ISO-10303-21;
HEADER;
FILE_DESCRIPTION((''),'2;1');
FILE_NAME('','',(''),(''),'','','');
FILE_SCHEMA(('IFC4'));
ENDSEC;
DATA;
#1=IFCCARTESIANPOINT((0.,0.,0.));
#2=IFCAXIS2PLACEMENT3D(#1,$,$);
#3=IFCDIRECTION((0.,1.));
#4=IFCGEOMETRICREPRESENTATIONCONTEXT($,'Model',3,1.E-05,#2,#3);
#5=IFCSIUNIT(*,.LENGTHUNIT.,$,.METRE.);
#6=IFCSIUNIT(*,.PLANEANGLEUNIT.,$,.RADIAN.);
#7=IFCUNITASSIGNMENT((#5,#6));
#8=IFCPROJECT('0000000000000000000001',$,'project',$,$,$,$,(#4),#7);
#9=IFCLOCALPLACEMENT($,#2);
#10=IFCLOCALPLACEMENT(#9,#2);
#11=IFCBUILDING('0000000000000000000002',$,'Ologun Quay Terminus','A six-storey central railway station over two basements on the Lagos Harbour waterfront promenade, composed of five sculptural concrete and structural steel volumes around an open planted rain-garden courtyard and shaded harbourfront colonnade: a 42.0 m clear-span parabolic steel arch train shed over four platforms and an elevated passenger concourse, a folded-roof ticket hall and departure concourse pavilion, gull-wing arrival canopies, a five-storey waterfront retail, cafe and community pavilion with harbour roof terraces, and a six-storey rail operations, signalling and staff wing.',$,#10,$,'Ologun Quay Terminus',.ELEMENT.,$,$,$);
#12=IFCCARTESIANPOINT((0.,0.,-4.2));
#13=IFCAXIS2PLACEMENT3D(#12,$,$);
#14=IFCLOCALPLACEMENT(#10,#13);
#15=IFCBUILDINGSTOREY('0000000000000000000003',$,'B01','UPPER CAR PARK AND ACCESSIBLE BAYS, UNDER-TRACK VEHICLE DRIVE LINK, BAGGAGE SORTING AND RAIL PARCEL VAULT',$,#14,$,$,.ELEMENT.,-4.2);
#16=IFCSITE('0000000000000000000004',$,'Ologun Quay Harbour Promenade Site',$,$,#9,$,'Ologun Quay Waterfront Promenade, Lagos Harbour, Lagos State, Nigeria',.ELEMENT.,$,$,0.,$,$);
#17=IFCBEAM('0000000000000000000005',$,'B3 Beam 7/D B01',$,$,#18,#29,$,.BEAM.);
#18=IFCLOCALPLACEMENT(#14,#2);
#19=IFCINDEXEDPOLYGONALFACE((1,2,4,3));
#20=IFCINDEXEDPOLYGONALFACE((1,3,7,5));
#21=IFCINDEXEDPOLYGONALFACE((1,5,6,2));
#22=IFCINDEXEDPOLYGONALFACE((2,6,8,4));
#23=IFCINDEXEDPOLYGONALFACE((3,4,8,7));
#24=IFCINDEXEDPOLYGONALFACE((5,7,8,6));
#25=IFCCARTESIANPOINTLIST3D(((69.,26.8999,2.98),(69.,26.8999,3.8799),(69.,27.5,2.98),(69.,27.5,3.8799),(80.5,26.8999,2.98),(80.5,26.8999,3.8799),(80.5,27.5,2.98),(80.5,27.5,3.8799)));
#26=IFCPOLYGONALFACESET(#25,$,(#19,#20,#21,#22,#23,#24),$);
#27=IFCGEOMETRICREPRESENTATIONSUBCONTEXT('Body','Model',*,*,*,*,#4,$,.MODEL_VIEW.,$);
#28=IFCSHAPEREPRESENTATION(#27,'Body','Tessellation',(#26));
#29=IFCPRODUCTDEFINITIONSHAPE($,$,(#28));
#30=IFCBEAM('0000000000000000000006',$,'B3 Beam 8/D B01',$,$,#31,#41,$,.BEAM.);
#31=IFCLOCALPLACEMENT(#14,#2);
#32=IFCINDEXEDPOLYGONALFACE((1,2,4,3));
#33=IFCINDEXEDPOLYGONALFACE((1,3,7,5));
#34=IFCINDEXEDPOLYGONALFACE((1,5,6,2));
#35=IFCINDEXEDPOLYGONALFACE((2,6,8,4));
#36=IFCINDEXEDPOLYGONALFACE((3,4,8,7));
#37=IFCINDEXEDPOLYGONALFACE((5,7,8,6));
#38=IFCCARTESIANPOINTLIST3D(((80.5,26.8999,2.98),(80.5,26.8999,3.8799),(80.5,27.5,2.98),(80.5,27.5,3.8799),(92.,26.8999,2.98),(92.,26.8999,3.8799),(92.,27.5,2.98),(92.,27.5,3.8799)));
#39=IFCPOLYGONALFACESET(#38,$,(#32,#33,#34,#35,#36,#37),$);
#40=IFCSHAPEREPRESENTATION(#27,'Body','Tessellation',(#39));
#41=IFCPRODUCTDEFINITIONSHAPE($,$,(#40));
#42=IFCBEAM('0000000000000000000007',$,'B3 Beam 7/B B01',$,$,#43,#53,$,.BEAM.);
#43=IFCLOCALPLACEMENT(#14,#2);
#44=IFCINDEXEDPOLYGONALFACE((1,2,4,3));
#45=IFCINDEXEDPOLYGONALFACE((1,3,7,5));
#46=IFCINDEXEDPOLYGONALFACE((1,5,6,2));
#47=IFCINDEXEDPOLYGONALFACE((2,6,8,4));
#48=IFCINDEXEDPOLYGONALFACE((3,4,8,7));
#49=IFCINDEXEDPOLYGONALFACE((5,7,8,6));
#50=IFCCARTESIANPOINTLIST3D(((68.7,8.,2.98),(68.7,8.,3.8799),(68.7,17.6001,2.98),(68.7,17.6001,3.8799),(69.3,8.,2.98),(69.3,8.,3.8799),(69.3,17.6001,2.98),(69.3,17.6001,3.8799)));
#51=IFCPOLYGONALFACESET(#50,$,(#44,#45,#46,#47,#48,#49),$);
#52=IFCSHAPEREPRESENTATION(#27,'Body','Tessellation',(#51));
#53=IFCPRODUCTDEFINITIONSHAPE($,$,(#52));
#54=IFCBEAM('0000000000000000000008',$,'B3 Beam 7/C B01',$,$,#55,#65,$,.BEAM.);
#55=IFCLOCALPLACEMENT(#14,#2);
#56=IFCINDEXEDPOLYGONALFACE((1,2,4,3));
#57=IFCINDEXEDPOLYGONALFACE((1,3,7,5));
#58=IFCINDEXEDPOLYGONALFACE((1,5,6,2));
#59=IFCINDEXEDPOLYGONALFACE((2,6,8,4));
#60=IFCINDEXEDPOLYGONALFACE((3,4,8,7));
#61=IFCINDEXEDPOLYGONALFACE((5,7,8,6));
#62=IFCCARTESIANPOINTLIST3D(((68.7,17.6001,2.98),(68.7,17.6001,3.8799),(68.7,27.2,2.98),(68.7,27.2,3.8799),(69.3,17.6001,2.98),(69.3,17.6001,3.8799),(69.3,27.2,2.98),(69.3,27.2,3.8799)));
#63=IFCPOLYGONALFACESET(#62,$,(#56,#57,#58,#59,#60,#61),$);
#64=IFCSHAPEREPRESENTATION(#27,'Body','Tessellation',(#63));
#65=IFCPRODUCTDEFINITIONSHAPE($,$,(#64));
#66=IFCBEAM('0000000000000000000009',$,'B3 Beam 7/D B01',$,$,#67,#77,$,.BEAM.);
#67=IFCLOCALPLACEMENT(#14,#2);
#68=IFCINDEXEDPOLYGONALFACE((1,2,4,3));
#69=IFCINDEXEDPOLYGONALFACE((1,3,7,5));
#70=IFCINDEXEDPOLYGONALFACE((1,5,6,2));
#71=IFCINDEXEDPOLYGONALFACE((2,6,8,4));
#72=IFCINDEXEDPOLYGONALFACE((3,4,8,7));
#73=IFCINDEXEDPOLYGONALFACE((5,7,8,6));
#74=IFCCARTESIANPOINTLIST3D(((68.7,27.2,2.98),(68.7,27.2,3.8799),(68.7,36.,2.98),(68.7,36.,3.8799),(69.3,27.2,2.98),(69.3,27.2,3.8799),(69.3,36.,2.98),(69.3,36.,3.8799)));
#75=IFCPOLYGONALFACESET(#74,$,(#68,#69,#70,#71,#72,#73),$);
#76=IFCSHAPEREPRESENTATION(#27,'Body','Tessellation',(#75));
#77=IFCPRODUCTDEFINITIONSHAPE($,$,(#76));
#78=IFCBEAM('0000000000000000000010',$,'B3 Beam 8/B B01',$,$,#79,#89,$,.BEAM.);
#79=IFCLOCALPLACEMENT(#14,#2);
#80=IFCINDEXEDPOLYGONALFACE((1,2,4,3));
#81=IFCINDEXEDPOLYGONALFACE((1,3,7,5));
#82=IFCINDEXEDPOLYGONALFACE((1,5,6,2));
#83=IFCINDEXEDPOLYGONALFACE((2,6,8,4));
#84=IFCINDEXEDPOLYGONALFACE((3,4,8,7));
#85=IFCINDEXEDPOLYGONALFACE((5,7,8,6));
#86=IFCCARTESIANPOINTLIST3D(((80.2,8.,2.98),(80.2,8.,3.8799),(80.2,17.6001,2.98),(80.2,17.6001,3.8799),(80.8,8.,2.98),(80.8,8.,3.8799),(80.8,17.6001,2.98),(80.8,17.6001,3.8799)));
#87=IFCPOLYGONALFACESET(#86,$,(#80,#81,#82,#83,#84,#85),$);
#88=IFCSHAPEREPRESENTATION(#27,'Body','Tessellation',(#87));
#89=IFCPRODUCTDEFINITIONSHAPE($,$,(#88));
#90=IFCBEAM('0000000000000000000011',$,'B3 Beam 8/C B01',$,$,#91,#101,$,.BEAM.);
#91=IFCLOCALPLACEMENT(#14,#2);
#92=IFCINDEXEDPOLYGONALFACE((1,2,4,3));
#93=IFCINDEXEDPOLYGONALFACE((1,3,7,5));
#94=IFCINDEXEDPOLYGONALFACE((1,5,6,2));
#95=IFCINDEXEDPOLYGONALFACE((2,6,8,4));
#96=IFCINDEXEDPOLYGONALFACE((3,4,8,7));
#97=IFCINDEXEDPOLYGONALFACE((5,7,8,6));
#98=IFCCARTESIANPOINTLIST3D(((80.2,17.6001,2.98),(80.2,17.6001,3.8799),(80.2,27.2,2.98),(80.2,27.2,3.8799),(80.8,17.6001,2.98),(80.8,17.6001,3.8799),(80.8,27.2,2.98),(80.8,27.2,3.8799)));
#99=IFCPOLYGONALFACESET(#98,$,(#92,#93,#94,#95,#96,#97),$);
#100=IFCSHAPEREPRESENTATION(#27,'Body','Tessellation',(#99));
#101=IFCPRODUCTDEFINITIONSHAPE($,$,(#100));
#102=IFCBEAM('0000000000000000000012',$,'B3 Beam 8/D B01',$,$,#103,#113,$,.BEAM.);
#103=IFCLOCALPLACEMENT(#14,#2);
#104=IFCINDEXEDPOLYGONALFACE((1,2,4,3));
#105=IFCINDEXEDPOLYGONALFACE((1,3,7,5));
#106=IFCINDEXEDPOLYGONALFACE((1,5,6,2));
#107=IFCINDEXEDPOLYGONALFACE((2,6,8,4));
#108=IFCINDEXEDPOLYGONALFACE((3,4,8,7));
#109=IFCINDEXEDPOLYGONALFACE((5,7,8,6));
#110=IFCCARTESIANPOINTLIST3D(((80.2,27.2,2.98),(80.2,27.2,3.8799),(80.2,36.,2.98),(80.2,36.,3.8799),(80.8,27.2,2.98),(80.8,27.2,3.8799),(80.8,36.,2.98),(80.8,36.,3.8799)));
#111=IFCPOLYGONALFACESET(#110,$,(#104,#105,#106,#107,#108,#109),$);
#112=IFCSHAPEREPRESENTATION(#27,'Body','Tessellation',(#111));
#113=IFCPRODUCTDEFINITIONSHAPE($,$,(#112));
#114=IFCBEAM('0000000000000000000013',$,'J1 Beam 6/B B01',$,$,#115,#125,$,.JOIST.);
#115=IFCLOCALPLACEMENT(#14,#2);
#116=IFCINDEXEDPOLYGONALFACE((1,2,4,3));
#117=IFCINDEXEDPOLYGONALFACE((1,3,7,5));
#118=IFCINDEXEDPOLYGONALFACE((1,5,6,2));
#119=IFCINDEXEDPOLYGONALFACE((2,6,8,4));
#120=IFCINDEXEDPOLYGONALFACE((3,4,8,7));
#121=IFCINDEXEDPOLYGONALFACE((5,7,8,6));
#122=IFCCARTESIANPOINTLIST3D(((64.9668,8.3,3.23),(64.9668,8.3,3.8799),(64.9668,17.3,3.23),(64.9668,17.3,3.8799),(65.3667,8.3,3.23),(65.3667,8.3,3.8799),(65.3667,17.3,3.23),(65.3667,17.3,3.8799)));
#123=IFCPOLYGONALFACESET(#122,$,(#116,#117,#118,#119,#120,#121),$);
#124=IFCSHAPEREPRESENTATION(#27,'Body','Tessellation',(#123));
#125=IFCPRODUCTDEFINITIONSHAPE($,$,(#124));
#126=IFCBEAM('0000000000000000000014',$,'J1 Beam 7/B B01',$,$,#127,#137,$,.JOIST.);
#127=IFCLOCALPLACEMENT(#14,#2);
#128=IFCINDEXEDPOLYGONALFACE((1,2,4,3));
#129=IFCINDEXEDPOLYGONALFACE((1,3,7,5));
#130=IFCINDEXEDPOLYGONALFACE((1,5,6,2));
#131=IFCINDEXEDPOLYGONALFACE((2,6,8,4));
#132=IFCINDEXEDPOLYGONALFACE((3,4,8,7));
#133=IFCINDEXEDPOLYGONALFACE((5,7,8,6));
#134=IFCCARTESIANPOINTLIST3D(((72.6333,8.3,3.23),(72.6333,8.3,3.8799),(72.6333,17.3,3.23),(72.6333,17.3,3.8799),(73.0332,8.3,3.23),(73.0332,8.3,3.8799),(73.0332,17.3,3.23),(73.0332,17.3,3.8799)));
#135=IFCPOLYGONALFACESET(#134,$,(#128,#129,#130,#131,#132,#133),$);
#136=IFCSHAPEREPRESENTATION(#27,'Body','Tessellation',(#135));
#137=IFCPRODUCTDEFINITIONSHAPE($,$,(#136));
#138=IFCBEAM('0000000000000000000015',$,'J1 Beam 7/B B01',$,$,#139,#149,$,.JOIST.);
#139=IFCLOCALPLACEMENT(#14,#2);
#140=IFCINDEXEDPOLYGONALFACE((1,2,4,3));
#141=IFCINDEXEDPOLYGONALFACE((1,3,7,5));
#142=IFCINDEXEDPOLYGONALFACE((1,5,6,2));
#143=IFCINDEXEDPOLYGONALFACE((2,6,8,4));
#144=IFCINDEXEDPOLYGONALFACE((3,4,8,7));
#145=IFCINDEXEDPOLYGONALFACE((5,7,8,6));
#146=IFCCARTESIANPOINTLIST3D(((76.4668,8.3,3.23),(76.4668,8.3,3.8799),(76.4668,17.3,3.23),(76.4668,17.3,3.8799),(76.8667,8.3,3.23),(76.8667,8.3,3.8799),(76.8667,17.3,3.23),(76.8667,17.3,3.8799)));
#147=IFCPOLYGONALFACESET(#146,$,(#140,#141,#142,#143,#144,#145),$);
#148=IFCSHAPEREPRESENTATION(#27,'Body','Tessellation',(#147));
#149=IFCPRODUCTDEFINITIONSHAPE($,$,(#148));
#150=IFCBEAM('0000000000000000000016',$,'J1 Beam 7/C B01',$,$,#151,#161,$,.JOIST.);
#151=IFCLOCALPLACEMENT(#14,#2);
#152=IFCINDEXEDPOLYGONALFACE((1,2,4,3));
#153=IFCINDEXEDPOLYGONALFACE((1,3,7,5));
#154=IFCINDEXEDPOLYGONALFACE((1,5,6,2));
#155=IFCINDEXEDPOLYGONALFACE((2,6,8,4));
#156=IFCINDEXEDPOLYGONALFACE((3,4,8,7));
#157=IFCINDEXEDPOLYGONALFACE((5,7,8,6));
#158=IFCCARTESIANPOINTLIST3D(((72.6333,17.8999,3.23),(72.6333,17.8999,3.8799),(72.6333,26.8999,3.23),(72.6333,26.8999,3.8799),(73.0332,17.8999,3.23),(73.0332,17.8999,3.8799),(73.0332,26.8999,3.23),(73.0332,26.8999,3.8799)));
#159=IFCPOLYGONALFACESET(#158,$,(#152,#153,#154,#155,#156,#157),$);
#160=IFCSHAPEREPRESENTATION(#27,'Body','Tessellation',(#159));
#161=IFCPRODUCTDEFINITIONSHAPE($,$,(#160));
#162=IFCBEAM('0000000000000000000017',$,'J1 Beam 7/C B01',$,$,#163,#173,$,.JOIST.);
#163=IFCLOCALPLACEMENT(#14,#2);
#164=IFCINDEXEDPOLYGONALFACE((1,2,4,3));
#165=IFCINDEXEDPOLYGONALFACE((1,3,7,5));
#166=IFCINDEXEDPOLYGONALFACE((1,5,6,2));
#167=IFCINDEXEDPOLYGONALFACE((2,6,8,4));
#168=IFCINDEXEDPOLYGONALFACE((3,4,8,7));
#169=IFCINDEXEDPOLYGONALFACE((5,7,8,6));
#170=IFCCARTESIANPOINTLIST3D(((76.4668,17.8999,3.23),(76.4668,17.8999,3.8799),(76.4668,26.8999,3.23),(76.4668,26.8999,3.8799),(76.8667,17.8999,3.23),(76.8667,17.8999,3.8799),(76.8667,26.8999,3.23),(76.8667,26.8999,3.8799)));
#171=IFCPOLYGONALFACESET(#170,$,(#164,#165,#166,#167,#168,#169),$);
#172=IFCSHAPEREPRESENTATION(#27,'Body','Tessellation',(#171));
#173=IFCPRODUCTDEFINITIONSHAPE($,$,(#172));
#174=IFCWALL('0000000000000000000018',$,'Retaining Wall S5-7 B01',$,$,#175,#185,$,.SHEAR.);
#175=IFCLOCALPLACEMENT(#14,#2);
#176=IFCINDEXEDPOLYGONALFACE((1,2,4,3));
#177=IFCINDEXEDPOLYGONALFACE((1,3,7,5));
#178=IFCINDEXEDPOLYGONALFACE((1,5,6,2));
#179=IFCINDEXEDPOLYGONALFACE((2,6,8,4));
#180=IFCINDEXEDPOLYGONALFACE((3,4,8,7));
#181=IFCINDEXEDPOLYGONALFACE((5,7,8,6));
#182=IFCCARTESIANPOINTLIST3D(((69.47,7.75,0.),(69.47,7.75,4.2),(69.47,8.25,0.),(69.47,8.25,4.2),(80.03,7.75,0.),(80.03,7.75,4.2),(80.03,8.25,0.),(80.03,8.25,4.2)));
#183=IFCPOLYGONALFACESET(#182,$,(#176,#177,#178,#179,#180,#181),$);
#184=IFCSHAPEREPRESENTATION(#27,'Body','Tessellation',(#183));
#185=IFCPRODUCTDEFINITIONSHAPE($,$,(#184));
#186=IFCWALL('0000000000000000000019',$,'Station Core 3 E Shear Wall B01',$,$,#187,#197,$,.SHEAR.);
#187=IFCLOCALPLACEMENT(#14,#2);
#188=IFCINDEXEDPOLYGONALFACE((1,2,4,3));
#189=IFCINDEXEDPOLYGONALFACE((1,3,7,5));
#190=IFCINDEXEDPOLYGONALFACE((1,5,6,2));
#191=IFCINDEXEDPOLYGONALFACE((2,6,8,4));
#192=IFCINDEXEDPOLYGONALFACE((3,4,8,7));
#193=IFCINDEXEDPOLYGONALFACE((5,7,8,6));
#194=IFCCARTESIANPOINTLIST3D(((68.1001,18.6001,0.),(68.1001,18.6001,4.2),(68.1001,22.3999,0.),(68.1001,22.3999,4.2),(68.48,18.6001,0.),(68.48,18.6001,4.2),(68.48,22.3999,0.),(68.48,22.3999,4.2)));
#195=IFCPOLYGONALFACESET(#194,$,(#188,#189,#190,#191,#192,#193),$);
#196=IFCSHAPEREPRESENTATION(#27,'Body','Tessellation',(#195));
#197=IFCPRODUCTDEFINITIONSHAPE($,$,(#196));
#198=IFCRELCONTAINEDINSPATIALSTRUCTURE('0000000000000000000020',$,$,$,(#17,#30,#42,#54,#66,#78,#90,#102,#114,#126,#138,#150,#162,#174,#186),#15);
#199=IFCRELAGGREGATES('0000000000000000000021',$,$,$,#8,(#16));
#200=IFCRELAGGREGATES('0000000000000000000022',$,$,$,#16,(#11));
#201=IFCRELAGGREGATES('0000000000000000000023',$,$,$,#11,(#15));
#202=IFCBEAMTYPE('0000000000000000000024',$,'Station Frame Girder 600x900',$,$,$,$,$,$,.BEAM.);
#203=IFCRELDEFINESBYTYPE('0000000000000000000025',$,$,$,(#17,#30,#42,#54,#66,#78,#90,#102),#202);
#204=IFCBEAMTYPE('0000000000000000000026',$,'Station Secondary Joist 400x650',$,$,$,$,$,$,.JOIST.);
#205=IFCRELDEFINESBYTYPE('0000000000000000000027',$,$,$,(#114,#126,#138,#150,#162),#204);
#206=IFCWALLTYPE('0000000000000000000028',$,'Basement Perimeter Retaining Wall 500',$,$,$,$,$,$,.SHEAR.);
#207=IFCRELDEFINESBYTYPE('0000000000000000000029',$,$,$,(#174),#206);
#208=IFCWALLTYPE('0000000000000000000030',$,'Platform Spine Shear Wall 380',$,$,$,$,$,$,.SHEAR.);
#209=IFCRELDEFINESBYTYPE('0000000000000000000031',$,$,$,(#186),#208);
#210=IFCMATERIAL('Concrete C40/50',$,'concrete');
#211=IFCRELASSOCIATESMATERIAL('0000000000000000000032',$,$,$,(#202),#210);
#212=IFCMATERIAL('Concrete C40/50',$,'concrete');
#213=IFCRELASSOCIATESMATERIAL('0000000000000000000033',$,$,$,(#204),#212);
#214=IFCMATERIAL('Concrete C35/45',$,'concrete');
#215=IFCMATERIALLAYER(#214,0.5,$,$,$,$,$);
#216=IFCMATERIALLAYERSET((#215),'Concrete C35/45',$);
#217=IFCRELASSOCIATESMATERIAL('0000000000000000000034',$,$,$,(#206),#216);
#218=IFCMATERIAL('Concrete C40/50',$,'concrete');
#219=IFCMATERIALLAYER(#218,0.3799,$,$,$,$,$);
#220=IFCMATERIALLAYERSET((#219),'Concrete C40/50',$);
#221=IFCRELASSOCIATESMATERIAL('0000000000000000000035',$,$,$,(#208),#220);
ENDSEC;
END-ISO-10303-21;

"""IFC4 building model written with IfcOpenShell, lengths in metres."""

from ifc_helpers import new_model, si_unit, direction, frame, frame_2d, origin, origin_2d, place, context, subcontext, project, spatial, rectangle, extrude, material, layer, layer_set, material_profile, profile_set, type_object, element, save


model = new_model("IFC4")

# Units and contexts
model_context = context("Model", 3, precision=1e-05, world=origin(), true_north=direction((0.0, 1.0)))
body_context = subcontext(model_context, "Body", "Model", "MODEL_VIEW")
ifc_project = project(units=[si_unit("LENGTHUNIT", "METRE"), si_unit("PLANEANGLEUNIT", "RADIAN")], contexts=[model_context])

# Site, building, storey
site_placement = place(None, origin())
site = spatial("IfcSite", under=ifc_project, at=site_placement, Name="Ologun Quay Harbour Promenade Site", LongName="Ologun Quay Waterfront Promenade, Lagos Harbour, Lagos State, Nigeria", CompositionType="ELEMENT", RefElevation=0.0)
building_placement = place(site_placement, origin())
building = spatial("IfcBuilding", under=site, at=building_placement, Name="Ologun Quay Terminus", Description="A six-storey central railway station over two basements on the Lagos Harbour waterfront promenade, composed of five sculptural concrete and structural steel volumes around an open planted rain-garden courtyard and shaded harbourfront colonnade: a 42.0 m clear-span parabolic steel arch train shed over four platforms and an elevated passenger concourse, a folded-roof ticket hall and departure concourse pavilion, gull-wing arrival canopies, a five-storey waterfront retail, cafe and community pavilion with harbour roof terraces, and a six-storey rail operations, signalling and staff wing.", LongName="Ologun Quay Terminus", CompositionType="ELEMENT")
storey_placement = place(building_placement, frame((0.0, 0.0, -4.2)))
storey = spatial("IfcBuildingStorey", under=building, at=storey_placement, Name="B01", Description="UPPER CAR PARK AND ACCESSIBLE BAYS, UNDER-TRACK VEHICLE DRIVE LINK, BAGGAGE SORTING AND RAIL PARCEL VAULT", CompositionType="ELEMENT", Elevation=-4.2)

# Beams
ifc_material_1 = material(Name="Concrete C40/50", Category="concrete")
ifc_material_profile_1 = material_profile(ifc_material_1, rectangle(XDim=0.6001, YDim=0.8999, at=origin_2d()), Name="RC 600x900")
ifc_profile_set_1 = profile_set([ifc_material_profile_1], Name="Concrete C40/50")
beam_type_1 = type_object("IfcBeamType", Name="Station Frame Girder 600x900", PredefinedType="BEAM", material=ifc_profile_set_1)
for number, where, z_axis, x_axis, name in (
    (1, (69.0, 27.2, 3.4299), (1.0, 0.0, 0.0), (0.0, 1.0, 0.0), "B3 Beam 7/D B01"),
    (2, (80.5, 27.2, 3.4299), (1.0, 0.0, 0.0), (0.0, 1.0, 0.0), "B3 Beam 8/D B01"),
):
    element("IfcBeam", number, at=place(storey_placement, frame(where, z_axis=z_axis, x_axis=x_axis)), inside=storey, type_object=beam_type_1, Name=name, PredefinedType="BEAM", context=body_context, shape_type="SweptSolid", body=[
        extrude(rectangle(XDim=0.6001, YDim=0.8999, at=origin_2d()), origin(), (0.0, 0.0, 1.0), 11.5),
    ])
beam_1_placement = place(storey_placement, frame((69.0, 8.0, 3.4299), z_axis=(0.0, 1.0, 0.0), x_axis=(-1.0, 0.0, 0.0)))
element("IfcBeam", 3, at=beam_1_placement, inside=storey, type_object=beam_type_1, Name="B3 Beam 7/B B01", PredefinedType="BEAM", context=body_context, shape_type="SweptSolid", body=[
    extrude(rectangle(XDim=0.6001, YDim=0.8999, at=origin_2d()), origin(), (0.0, 0.0, 1.0), 9.6001),
])
beam_2_placement = place(storey_placement, frame((69.0, 17.6001, 3.4299), z_axis=(0.0, 1.0, 0.0), x_axis=(-1.0, 0.0, 0.0)))
element("IfcBeam", 4, at=beam_2_placement, inside=storey, type_object=beam_type_1, Name="B3 Beam 7/C B01", PredefinedType="BEAM", context=body_context, shape_type="SweptSolid", body=[
    extrude(rectangle(XDim=0.6001, YDim=0.8999, at=origin_2d()), origin(), (0.0, 0.0, 1.0), 9.5999),
])
beam_3_placement = place(storey_placement, frame((69.0, 27.2, 3.4299), z_axis=(0.0, 1.0, 0.0), x_axis=(-1.0, 0.0, 0.0)))
element("IfcBeam", 5, at=beam_3_placement, inside=storey, type_object=beam_type_1, Name="B3 Beam 7/D B01", PredefinedType="BEAM", context=body_context, shape_type="SweptSolid", body=[
    extrude(rectangle(XDim=0.6001, YDim=0.8999, at=origin_2d()), origin(), (0.0, 0.0, 1.0), 8.8),
])
beam_4_placement = place(storey_placement, frame((80.5, 8.0, 3.4299), z_axis=(0.0, 1.0, 0.0), x_axis=(-1.0, 0.0, 0.0)))
element("IfcBeam", 6, at=beam_4_placement, inside=storey, type_object=beam_type_1, Name="B3 Beam 8/B B01", PredefinedType="BEAM", context=body_context, shape_type="SweptSolid", body=[
    extrude(rectangle(XDim=0.6001, YDim=0.8999, at=origin_2d()), origin(), (0.0, 0.0, 1.0), 9.6001),
])
beam_5_placement = place(storey_placement, frame((80.5, 17.6001, 3.4299), z_axis=(0.0, 1.0, 0.0), x_axis=(-1.0, 0.0, 0.0)))
element("IfcBeam", 7, at=beam_5_placement, inside=storey, type_object=beam_type_1, Name="B3 Beam 8/C B01", PredefinedType="BEAM", context=body_context, shape_type="SweptSolid", body=[
    extrude(rectangle(XDim=0.6001, YDim=0.8999, at=origin_2d()), origin(), (0.0, 0.0, 1.0), 9.5999),
])
beam_6_placement = place(storey_placement, frame((80.5, 27.2, 3.4299), z_axis=(0.0, 1.0, 0.0), x_axis=(-1.0, 0.0, 0.0)))
element("IfcBeam", 8, at=beam_6_placement, inside=storey, type_object=beam_type_1, Name="B3 Beam 8/D B01", PredefinedType="BEAM", context=body_context, shape_type="SweptSolid", body=[
    extrude(rectangle(XDim=0.6001, YDim=0.8999, at=origin_2d()), origin(), (0.0, 0.0, 1.0), 8.8),
])
ifc_material_2 = material(Name="Concrete C40/50", Category="concrete")
ifc_material_profile_2 = material_profile(ifc_material_2, rectangle(XDim=0.3999, YDim=0.6499, at=origin_2d()), Name="RC 400x650")
ifc_profile_set_2 = profile_set([ifc_material_profile_2], Name="Concrete C40/50")
beam_type_2 = type_object("IfcBeamType", Name="Station Secondary Joist 400x650", PredefinedType="JOIST", material=ifc_profile_set_2)
for number, where, z_axis, x_axis, name in (
    (9, (65.1667, 8.3, 3.5549), (0.0, 1.0, 0.0), (-1.0, 0.0, 0.0), "J1 Beam 6/B B01"),
    (10, (72.8333, 8.3, 3.5549), (0.0, 1.0, 0.0), (-1.0, 0.0, 0.0), "J1 Beam 7/B B01"),
    (11, (76.6667, 8.3, 3.5549), (0.0, 1.0, 0.0), (-1.0, 0.0, 0.0), "J1 Beam 7/B B01"),
    (12, (72.8333, 17.8999, 3.5549), (0.0, 1.0, 0.0), (-1.0, 0.0, 0.0), "J1 Beam 7/C B01"),
    (13, (76.6667, 17.8999, 3.5549), (0.0, 1.0, 0.0), (-1.0, 0.0, 0.0), "J1 Beam 7/C B01"),
):
    element("IfcBeam", number, at=place(storey_placement, frame(where, z_axis=z_axis, x_axis=x_axis)), inside=storey, type_object=beam_type_2, Name=name, PredefinedType="JOIST", context=body_context, shape_type="SweptSolid", body=[
        extrude(rectangle(XDim=0.3999, YDim=0.6499, at=origin_2d()), origin(), (0.0, 0.0, 1.0), 9.0),
    ])

# Walls
ifc_material_3 = material(Name="Concrete C35/45", Category="concrete")
ifc_layer_1 = layer(ifc_material_3, 0.5)
ifc_layer_set_1 = layer_set([ifc_layer_1], Name="Concrete C35/45")
wall_type_1 = type_object("IfcWallType", Name="Basement Perimeter Retaining Wall 500", PredefinedType="SHEAR", material=ifc_layer_set_1)
wall_1_placement = place(storey_placement, frame((69.47, 8.0, 0.0), z_axis=(0.0, 0.0, 1.0), x_axis=(1.0, 0.0, 0.0)))
element("IfcWall", 14, at=wall_1_placement, inside=storey, type_object=wall_type_1, Name="Retaining Wall S5-7 B01", PredefinedType="SHEAR", context=body_context, shape_type="SweptSolid", body=[
    extrude(rectangle(XDim=10.5601, YDim=0.5, at=frame_2d((5.28, 0.0))), origin(), (0.0, 0.0, 1.0), 4.2),
])
ifc_material_4 = material(Name="Concrete C40/50", Category="concrete")
ifc_layer_2 = layer(ifc_material_4, 0.3799)
ifc_layer_set_2 = layer_set([ifc_layer_2], Name="Concrete C40/50")
wall_type_2 = type_object("IfcWallType", Name="Platform Spine Shear Wall 380", PredefinedType="SHEAR", material=ifc_layer_set_2)
wall_2_placement = place(storey_placement, frame((68.29, 18.6001, 0.0), z_axis=(0.0, 0.0, 1.0), x_axis=(0.0, 1.0, 0.0)))
element("IfcWall", 15, at=wall_2_placement, inside=storey, type_object=wall_type_2, Name="Station Core 3 E Shear Wall B01", PredefinedType="SHEAR", context=body_context, shape_type="SweptSolid", body=[
    extrude(rectangle(XDim=3.7998, YDim=0.3799, at=frame_2d((1.8999, 0.0))), origin(), (0.0, 0.0, 1.0), 4.2),
])

save(model, "model.ifc")
